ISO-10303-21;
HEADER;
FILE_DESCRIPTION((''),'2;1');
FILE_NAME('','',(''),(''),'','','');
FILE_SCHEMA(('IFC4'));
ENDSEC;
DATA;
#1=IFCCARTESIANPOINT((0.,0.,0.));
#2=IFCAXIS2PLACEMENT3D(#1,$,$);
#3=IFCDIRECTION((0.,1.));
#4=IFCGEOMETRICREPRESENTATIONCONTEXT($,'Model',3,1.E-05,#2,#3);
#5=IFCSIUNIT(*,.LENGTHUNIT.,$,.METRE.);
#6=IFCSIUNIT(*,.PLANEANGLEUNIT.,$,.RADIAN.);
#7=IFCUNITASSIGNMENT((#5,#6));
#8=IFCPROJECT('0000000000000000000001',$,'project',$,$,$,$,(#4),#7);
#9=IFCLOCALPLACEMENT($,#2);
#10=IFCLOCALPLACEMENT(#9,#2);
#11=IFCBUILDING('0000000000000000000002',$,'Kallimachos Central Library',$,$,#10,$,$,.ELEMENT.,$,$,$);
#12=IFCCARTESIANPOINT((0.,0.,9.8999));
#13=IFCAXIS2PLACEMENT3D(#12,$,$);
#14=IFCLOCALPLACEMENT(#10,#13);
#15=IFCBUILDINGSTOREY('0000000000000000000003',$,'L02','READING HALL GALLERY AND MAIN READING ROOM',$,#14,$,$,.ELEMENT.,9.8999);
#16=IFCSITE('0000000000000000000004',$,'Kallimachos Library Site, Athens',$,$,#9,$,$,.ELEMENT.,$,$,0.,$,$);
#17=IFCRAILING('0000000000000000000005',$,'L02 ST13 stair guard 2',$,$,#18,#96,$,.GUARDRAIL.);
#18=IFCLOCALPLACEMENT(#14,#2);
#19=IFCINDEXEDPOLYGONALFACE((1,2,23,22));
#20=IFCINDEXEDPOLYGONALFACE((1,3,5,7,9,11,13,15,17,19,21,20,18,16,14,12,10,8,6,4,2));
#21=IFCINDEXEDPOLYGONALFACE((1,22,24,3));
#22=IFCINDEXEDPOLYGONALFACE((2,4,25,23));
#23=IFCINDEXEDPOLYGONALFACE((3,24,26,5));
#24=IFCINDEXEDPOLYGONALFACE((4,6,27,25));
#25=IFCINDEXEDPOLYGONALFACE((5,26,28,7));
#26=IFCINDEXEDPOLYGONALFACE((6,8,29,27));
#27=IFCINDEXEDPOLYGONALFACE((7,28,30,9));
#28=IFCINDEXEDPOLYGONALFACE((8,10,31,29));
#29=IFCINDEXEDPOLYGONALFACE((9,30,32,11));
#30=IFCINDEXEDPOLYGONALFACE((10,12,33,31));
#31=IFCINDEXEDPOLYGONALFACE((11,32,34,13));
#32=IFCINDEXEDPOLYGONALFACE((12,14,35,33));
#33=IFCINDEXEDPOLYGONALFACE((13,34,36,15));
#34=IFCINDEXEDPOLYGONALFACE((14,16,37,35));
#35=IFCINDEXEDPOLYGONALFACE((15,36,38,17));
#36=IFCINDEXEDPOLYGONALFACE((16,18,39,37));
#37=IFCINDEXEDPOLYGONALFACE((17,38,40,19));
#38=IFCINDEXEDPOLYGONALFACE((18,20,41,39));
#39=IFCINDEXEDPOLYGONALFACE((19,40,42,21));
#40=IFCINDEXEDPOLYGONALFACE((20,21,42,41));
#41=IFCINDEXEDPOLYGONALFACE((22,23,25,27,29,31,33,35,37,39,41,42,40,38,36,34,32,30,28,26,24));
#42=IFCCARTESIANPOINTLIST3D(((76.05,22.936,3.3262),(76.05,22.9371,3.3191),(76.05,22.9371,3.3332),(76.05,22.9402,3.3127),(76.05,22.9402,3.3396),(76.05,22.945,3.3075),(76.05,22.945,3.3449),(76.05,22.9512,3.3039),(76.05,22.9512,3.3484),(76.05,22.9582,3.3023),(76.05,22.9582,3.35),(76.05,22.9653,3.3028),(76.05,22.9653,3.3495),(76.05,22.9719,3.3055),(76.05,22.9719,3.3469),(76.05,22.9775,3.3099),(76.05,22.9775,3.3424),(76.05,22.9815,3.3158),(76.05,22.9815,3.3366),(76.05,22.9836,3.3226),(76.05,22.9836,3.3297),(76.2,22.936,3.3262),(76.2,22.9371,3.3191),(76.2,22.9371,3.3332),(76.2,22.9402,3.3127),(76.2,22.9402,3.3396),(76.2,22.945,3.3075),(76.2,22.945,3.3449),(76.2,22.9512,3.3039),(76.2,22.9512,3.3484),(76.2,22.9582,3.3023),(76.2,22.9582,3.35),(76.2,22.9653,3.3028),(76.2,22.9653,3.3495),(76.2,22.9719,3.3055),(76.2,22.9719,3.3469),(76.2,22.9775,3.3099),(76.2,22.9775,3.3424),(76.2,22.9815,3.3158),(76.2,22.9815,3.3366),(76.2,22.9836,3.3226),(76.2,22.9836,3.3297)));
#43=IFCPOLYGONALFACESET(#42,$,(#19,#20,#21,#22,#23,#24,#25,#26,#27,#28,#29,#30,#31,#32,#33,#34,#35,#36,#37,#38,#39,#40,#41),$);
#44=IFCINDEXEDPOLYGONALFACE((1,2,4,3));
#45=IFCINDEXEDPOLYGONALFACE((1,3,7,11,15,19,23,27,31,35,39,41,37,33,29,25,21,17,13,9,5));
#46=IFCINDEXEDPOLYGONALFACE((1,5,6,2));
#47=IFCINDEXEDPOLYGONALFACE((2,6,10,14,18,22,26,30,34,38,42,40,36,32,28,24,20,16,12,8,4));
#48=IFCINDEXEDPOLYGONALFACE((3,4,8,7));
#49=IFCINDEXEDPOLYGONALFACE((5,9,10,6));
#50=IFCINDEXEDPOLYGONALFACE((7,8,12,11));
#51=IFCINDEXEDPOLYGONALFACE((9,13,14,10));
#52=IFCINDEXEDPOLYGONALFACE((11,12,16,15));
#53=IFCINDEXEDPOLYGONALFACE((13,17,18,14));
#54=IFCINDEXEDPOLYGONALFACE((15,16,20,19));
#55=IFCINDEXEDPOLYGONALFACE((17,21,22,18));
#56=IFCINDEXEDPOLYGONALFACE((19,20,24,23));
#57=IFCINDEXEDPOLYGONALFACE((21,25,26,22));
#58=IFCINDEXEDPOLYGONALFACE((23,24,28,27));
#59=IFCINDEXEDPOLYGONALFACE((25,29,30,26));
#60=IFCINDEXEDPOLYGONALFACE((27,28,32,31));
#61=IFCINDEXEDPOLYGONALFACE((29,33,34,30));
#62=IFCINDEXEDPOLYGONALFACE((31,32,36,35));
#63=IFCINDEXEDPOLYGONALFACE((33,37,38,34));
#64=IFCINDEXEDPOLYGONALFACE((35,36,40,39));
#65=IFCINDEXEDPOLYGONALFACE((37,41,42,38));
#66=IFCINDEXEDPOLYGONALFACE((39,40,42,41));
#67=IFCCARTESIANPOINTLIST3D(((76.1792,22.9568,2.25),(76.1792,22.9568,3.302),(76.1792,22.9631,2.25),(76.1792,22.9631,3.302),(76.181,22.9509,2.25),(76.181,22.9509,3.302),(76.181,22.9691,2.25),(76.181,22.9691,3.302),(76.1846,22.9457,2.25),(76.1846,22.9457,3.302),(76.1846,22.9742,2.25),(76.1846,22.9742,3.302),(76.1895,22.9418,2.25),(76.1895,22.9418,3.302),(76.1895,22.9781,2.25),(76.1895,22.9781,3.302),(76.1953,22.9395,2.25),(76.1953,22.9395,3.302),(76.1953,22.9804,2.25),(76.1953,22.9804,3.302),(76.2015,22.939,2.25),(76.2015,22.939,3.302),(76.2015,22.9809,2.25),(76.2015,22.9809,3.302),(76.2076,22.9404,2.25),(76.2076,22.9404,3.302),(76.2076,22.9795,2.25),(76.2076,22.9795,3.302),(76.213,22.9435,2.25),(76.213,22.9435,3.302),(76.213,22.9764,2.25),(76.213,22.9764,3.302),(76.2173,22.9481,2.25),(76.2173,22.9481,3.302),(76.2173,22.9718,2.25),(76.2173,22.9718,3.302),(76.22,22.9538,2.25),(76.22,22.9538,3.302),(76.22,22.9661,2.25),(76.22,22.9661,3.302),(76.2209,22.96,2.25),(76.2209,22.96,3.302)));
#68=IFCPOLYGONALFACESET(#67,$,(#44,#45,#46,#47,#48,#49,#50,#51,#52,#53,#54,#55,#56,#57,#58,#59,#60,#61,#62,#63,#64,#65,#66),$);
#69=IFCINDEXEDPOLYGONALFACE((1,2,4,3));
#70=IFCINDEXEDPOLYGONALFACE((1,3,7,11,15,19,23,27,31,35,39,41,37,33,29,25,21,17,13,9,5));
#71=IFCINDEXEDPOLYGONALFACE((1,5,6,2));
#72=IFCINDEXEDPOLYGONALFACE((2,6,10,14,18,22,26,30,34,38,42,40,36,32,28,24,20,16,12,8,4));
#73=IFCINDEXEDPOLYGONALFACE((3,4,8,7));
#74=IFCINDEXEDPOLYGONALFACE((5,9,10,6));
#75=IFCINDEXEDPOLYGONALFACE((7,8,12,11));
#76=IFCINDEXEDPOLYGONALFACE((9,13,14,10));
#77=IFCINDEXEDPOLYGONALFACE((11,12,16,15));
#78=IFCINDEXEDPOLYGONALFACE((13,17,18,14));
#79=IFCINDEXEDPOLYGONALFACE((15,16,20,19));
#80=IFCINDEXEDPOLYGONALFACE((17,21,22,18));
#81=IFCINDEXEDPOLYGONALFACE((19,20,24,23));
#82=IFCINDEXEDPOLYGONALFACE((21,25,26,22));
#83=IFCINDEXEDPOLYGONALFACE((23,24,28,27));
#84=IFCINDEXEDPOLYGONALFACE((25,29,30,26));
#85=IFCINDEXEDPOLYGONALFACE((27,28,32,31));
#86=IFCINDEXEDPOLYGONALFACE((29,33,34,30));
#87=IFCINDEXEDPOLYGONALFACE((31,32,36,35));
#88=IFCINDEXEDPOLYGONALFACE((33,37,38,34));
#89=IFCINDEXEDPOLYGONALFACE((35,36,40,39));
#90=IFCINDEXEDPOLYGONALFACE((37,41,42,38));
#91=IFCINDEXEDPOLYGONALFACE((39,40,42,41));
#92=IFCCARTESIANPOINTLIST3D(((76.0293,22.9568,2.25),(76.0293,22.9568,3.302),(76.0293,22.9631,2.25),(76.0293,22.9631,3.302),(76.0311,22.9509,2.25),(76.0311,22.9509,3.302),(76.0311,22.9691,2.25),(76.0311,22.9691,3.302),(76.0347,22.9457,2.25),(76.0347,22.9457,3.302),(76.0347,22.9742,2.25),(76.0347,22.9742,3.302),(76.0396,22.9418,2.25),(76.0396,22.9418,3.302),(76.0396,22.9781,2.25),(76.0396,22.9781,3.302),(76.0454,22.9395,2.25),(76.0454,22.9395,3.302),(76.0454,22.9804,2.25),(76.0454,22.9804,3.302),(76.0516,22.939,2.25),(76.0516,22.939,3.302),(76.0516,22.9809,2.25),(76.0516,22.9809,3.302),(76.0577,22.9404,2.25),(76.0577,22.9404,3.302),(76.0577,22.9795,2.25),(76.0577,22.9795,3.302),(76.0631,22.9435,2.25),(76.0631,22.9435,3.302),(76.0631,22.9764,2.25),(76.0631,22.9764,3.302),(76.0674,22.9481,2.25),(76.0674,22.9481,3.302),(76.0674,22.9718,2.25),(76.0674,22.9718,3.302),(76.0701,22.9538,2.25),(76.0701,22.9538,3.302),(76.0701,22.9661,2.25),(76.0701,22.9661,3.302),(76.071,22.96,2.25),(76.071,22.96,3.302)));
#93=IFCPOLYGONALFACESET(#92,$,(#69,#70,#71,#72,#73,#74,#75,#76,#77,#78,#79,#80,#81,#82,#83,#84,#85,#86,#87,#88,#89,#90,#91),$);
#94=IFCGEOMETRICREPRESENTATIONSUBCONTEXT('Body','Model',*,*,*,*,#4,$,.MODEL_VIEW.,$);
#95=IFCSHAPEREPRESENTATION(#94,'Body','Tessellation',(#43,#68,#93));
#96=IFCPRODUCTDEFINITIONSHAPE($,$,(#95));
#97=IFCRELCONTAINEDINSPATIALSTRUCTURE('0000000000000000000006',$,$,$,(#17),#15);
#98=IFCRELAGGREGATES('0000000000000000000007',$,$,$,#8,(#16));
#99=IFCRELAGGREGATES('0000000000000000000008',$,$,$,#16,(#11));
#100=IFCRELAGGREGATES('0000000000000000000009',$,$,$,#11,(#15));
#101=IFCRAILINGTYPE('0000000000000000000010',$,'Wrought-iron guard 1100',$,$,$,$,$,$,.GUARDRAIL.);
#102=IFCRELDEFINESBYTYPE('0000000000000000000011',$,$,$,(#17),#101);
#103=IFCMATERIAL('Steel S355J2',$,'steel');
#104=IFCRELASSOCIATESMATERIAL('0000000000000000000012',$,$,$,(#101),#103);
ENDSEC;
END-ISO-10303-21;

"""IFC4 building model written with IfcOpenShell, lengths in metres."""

from ifc_helpers import new_model, si_unit, direction, frame, origin, origin_2d, place, context, subcontext, project, spatial, circle, extrude, material, type_object, element, save


model = new_model("IFC4")

# Units and contexts
model_context = context("Model", 3, precision=1e-05, world=origin(), true_north=direction((0.0, 1.0)))
body_context = subcontext(model_context, "Body", "Model", "MODEL_VIEW")
ifc_project = project(units=[si_unit("LENGTHUNIT", "METRE"), si_unit("PLANEANGLEUNIT", "RADIAN")], contexts=[model_context])

# Site, building, storey
site_placement = place(None, origin())
site = spatial("IfcSite", under=ifc_project, at=site_placement, Name="Kallimachos Library Site, Athens", CompositionType="ELEMENT", RefElevation=0.0)
building_placement = place(site_placement, origin())
building = spatial("IfcBuilding", under=site, at=building_placement, Name="Kallimachos Central Library", CompositionType="ELEMENT")
storey_placement = place(building_placement, frame((0.0, 0.0, 9.8999)))
storey = spatial("IfcBuildingStorey", under=building, at=storey_placement, Name="L02", Description="READING HALL GALLERY AND MAIN READING ROOM", CompositionType="ELEMENT", Elevation=9.8999)

# Railing
ifc_material_1 = material(Name="Steel S355J2", Category="steel")
railing_type_1 = type_object("IfcRailingType", Name="Wrought-iron guard 1100", PredefinedType="GUARDRAIL", material=ifc_material_1)
railing_1_placement = place(storey_placement, frame((76.2, 22.96, 2.25)))
element("IfcRailing", 1, at=railing_1_placement, inside=storey, type_object=railing_type_1, Name="L02 ST13 stair guard 2", PredefinedType="GUARDRAIL", context=body_context, shape_type="SweptSolid", body=[
    extrude(circle(Radius=0.0239, at=origin_2d()), frame((0.0, 0.0, 1.0762), z_axis=(-1.0, 0.0, 0.0), x_axis=(0.0, -1.0, 0.0)), (0.0, 0.0, 1.0), 0.1499),
    extrude(circle(Radius=0.021, at=origin_2d()), origin(), (0.0, 0.0, 1.0), 1.052),
    extrude(circle(Radius=0.021, at=origin_2d()), frame((-0.1499, 0.0, 0.0)), (0.0, 0.0, 1.0), 1.052),
])

save(model, "model.ifc")
